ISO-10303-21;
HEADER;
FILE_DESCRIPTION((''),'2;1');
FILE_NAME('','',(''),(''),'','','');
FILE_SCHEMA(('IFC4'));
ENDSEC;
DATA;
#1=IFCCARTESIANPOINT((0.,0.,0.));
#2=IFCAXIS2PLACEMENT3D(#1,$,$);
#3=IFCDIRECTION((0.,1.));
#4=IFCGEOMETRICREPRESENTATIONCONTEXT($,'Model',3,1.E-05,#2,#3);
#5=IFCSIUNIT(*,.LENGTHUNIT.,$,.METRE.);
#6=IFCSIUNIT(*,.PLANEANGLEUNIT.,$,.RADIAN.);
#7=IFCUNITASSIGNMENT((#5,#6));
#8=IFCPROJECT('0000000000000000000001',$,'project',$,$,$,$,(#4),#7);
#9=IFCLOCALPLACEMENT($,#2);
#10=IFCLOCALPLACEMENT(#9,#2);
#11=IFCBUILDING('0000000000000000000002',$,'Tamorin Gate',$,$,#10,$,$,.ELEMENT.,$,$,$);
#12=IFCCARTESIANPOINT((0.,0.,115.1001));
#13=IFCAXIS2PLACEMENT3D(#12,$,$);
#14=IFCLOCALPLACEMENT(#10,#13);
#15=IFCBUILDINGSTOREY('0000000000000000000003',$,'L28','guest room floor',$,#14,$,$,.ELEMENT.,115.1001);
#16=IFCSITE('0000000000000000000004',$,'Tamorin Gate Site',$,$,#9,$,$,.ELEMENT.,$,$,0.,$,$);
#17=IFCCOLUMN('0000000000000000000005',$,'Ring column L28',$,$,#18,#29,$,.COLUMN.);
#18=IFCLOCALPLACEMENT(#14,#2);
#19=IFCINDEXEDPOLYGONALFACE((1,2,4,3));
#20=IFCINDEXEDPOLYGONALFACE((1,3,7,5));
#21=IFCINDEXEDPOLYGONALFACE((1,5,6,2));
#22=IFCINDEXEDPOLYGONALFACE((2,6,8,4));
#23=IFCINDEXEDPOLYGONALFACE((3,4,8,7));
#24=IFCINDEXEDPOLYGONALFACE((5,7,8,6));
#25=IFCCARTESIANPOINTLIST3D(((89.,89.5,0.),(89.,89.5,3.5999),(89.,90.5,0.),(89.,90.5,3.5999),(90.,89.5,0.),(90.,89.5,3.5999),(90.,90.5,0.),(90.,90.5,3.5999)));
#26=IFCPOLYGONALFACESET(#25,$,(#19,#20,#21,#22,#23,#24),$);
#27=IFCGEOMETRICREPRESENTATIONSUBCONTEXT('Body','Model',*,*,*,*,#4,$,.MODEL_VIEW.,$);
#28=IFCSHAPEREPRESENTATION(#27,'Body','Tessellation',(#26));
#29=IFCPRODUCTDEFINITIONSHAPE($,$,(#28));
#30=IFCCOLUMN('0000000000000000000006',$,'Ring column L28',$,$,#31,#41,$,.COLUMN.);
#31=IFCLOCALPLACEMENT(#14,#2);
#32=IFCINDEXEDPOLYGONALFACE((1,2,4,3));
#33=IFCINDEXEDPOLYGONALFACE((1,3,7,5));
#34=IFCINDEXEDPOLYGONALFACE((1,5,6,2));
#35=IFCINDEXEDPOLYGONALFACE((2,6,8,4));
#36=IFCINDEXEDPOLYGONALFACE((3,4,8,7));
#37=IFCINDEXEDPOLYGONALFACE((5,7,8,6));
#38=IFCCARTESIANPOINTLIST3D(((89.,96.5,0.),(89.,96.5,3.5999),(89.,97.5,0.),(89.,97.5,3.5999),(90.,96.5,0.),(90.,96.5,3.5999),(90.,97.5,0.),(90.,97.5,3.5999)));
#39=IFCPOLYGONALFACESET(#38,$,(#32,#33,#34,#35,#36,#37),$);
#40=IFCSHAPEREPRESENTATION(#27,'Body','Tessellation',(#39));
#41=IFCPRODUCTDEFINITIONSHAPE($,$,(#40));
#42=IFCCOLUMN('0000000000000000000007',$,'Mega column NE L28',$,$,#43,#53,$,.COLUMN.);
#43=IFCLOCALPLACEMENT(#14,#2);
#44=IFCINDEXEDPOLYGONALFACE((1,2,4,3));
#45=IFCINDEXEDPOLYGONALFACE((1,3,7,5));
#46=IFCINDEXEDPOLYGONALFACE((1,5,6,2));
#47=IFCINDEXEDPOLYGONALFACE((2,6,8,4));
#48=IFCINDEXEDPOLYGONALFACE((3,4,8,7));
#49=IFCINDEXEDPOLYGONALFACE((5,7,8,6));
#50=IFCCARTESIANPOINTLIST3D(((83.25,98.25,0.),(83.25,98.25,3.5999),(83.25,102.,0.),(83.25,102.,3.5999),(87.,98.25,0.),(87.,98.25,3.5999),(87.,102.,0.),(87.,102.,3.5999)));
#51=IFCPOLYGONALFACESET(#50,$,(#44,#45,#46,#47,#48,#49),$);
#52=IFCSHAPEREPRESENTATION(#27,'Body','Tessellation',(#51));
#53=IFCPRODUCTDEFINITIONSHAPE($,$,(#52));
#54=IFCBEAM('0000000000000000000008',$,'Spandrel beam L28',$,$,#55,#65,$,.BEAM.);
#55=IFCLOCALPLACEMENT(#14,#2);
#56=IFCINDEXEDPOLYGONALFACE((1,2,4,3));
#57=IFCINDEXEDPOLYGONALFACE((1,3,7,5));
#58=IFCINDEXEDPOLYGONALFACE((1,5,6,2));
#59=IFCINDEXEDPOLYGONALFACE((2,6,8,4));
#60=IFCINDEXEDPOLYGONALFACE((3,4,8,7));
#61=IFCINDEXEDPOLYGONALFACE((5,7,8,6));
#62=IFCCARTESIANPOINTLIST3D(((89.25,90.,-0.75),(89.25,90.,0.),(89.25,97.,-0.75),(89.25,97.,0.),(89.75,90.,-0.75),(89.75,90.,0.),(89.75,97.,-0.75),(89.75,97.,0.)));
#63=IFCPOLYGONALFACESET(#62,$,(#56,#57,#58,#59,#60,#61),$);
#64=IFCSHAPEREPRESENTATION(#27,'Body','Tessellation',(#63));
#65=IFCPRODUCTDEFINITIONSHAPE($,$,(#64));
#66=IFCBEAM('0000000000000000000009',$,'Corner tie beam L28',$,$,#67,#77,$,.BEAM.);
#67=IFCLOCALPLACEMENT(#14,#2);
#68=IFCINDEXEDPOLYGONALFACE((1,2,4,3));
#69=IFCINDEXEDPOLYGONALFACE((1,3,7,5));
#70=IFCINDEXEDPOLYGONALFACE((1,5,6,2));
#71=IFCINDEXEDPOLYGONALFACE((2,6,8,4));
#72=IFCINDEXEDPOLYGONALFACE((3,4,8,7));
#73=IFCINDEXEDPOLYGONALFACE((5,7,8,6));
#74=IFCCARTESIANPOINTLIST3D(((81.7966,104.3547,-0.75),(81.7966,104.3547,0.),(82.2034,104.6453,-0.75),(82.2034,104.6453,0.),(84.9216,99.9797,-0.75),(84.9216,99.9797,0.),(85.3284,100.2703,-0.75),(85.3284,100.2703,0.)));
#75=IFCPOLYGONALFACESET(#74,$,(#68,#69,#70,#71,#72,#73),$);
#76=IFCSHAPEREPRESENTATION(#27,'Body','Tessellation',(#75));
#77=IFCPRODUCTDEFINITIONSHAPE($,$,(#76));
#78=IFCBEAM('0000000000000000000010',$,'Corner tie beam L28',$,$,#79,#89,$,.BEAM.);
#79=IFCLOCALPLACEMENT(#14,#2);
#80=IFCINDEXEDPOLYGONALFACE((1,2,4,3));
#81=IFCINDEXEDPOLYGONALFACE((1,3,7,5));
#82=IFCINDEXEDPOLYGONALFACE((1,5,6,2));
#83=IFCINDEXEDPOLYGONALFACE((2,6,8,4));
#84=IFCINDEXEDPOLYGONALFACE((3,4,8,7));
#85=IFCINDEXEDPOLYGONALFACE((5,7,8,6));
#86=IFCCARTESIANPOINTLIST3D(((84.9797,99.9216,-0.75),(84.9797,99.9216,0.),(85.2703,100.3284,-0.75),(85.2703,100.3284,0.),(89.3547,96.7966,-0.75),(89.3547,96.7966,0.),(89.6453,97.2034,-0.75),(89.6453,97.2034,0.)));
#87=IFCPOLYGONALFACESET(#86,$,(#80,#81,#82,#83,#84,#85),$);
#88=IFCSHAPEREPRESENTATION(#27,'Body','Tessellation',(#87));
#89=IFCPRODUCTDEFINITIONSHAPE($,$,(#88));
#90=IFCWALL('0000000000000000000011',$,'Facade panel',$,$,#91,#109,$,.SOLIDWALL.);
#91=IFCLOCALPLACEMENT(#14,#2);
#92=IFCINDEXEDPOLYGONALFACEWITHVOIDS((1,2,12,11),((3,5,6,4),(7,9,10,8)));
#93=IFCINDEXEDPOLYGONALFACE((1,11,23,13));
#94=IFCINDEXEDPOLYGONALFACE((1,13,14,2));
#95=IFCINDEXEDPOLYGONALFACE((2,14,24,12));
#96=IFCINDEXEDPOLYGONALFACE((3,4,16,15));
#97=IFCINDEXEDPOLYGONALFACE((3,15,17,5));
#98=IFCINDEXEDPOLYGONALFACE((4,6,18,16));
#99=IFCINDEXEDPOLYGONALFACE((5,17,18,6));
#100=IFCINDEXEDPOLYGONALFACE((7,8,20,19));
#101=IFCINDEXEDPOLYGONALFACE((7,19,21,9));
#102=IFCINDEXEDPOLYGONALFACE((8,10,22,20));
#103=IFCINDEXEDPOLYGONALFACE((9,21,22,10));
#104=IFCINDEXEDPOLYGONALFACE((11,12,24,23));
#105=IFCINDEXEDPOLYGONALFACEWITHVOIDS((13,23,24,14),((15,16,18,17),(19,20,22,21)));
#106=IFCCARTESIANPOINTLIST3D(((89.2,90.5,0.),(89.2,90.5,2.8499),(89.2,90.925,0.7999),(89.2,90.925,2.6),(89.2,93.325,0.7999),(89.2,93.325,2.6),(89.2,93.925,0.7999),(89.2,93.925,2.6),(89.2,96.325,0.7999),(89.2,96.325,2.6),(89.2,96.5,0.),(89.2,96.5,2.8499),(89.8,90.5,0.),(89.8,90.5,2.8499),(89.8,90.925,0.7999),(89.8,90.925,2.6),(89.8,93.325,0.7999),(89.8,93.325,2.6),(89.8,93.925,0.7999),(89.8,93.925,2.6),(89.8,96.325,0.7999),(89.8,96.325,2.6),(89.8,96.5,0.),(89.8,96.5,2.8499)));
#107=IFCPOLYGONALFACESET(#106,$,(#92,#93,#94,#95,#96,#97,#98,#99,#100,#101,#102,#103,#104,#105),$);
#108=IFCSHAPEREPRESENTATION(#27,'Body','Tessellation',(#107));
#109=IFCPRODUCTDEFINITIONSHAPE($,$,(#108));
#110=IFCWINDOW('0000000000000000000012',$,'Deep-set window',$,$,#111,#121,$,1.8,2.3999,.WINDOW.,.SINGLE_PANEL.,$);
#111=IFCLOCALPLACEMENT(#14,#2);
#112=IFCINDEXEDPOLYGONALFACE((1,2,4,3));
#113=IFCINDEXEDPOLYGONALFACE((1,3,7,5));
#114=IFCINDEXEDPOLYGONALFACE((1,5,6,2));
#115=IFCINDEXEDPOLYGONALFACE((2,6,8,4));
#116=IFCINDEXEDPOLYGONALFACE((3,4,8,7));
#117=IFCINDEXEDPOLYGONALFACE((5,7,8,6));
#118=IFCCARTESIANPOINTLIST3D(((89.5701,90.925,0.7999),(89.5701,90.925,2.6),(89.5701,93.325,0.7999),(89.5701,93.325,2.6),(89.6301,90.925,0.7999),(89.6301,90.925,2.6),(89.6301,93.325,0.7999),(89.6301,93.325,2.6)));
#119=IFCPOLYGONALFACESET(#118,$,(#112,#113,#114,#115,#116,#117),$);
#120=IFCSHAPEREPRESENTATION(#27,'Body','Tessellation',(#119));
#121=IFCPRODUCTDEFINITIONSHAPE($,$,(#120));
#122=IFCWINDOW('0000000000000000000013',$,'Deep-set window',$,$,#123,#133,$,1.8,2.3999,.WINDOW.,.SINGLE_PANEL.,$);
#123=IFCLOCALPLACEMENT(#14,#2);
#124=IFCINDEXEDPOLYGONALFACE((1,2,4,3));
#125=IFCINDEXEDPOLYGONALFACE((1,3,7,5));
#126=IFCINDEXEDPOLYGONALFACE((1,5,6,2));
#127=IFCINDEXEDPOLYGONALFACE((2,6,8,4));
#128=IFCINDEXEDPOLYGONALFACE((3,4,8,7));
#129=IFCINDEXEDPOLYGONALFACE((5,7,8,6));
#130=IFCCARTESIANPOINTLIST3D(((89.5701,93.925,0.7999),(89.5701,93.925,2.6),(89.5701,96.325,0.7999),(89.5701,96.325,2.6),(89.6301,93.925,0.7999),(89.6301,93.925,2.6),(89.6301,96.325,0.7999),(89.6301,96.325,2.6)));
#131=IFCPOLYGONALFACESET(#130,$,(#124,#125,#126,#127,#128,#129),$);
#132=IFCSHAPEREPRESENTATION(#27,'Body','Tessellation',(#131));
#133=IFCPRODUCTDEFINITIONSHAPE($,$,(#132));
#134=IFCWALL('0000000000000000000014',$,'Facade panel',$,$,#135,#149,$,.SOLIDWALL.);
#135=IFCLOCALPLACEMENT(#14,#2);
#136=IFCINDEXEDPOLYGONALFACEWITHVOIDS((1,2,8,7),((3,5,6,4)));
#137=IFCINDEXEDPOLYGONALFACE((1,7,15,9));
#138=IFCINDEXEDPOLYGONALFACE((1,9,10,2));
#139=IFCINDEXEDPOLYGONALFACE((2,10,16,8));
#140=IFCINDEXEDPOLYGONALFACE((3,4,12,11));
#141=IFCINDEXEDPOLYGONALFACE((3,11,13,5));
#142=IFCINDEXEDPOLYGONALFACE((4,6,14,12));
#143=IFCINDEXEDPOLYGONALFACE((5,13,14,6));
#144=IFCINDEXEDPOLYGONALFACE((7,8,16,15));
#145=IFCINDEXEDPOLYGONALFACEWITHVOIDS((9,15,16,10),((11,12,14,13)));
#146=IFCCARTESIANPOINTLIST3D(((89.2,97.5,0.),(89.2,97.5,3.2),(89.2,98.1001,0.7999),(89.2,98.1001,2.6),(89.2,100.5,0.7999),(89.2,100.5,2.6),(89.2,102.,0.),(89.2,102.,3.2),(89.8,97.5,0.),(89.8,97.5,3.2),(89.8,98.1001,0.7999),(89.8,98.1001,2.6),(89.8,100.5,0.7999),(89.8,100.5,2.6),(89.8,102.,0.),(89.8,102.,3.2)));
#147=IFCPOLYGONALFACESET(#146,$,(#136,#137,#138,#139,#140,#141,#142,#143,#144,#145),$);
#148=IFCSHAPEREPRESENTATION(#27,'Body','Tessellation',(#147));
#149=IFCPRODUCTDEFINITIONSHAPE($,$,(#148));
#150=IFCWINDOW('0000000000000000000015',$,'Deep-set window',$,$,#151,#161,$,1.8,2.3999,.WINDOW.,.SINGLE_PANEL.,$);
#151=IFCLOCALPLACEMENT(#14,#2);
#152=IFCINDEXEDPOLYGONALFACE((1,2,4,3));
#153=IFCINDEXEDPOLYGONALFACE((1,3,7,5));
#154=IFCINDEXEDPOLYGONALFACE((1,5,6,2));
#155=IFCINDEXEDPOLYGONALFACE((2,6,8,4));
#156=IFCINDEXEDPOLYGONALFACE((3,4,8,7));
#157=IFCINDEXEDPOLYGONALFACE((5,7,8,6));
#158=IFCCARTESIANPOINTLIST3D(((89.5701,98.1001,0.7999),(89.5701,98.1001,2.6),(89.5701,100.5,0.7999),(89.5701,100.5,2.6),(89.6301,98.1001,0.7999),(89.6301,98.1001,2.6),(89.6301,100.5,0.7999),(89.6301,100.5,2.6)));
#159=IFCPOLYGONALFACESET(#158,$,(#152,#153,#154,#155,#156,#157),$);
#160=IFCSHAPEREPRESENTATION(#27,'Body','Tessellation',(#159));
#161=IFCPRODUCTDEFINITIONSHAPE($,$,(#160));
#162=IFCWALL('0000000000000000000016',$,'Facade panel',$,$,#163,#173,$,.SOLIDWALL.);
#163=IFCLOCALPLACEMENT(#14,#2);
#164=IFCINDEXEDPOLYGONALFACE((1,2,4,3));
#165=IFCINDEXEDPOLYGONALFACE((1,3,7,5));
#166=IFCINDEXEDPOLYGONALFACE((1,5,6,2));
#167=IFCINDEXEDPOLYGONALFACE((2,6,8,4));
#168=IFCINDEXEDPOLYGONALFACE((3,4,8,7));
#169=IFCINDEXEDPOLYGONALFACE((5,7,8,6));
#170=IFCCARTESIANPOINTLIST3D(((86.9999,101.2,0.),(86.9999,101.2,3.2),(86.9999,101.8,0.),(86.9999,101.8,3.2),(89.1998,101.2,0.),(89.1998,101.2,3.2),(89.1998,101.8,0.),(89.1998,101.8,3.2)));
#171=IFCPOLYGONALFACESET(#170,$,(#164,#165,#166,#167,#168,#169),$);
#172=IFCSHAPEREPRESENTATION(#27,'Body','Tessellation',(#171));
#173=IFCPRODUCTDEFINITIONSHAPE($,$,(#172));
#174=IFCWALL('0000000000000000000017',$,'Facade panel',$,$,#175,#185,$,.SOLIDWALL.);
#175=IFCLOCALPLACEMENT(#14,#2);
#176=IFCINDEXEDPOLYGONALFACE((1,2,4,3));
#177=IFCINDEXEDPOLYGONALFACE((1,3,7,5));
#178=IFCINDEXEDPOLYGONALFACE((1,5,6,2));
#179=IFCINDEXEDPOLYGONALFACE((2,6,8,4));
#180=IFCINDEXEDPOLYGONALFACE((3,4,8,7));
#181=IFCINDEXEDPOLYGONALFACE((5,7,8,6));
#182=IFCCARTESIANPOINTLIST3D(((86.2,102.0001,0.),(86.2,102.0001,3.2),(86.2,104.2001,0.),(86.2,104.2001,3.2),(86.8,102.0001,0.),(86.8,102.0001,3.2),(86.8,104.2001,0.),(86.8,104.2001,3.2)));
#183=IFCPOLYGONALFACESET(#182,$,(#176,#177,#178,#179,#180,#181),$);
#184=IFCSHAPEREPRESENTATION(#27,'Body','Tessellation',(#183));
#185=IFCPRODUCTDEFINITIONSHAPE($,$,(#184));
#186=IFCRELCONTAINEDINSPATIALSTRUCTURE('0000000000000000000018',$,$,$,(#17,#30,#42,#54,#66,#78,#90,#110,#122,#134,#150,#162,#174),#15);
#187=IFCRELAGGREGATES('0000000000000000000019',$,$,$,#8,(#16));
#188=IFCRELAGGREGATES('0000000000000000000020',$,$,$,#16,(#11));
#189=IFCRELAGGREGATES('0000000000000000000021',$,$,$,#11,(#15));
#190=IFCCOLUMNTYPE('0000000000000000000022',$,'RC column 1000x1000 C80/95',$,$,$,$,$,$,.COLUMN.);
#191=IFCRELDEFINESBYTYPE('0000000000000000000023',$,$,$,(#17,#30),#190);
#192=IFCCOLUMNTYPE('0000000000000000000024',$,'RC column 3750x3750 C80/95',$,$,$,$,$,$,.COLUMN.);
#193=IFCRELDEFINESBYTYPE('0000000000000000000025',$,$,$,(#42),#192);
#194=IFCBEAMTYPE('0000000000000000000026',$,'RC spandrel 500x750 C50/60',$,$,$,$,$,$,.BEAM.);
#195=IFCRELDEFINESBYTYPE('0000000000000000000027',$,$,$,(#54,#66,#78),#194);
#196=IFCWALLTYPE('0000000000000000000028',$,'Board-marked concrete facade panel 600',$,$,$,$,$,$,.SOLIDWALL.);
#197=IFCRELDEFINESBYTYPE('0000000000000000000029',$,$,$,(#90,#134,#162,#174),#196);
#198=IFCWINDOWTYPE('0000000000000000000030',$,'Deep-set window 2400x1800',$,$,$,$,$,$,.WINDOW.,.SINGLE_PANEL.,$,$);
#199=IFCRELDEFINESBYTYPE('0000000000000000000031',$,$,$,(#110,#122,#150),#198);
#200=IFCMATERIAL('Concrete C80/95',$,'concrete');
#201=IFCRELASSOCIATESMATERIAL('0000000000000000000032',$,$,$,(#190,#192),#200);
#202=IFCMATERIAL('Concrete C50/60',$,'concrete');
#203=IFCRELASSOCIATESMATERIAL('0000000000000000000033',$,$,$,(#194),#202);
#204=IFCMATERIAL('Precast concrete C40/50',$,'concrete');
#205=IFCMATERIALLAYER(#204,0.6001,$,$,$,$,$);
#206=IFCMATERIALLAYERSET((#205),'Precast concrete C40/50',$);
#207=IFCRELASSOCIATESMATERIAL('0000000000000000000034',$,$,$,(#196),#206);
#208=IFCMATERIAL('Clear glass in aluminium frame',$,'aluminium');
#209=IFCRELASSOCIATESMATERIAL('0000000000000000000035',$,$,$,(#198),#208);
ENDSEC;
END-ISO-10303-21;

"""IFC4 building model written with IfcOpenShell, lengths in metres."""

from ifc_helpers import new_model, si_unit, direction, frame, frame_2d, origin, origin_2d, place, context, subcontext, project, spatial, rectangle, extrude, material, layer, layer_set, material_profile, profile_set, type_object, element, fill, save


model = new_model("IFC4")

# Units and contexts
model_context = context("Model", 3, precision=1e-05, world=origin(), true_north=direction((0.0, 1.0)))
body_context = subcontext(model_context, "Body", "Model", "MODEL_VIEW")
ifc_project = project(units=[si_unit("LENGTHUNIT", "METRE"), si_unit("PLANEANGLEUNIT", "RADIAN")], contexts=[model_context])

# Site, building, storey
site_placement = place(None, origin())
site = spatial("IfcSite", under=ifc_project, at=site_placement, Name="Tamorin Gate Site", CompositionType="ELEMENT", RefElevation=0.0)
building_placement = place(site_placement, origin())
building = spatial("IfcBuilding", under=site, at=building_placement, Name="Tamorin Gate", CompositionType="ELEMENT")
storey_placement = place(building_placement, frame((0.0, 0.0, 115.1001)))
storey = spatial("IfcBuildingStorey", under=building, at=storey_placement, Name="L28", Description="guest room floor", CompositionType="ELEMENT", Elevation=115.1001)

# Columns
ifc_material_1 = material(Name="Concrete C80/95", Category="concrete")
ifc_material_profile_1 = material_profile(ifc_material_1, rectangle(XDim=1.0, YDim=1.0, at=origin_2d()), Name="RC 1000x1000")
ifc_profile_set_1 = profile_set([ifc_material_profile_1], Name="Concrete C80/95")
column_type_1 = type_object("IfcColumnType", Name="RC column 1000x1000 C80/95", PredefinedType="COLUMN", material=ifc_profile_set_1)
for number, where, z_axis, x_axis, name in (
    (1, (89.5, 90.0, 0.0), (0.0, 0.0, 1.0), (1.0, 0.0, 0.0), "Ring column L28"),
    (2, (89.5, 97.0, 0.0), (0.0, 0.0, 1.0), (1.0, 0.0, 0.0), "Ring column L28"),
):
    element("IfcColumn", number, at=place(storey_placement, frame(where, z_axis=z_axis, x_axis=x_axis)), inside=storey, type_object=column_type_1, Name=name, PredefinedType="COLUMN", context=body_context, shape_type="SweptSolid", body=[
        extrude(rectangle(XDim=1.0, YDim=1.0, at=origin_2d()), origin(), (0.0, 0.0, 1.0), 3.5999),
    ])
ifc_material_profile_2 = material_profile(ifc_material_1, rectangle(XDim=3.75, YDim=3.75, at=origin_2d()), Name="RC 3750x3750")
ifc_profile_set_2 = profile_set([ifc_material_profile_2], Name="Concrete C80/95")
column_type_2 = type_object("IfcColumnType", Name="RC column 3750x3750 C80/95", PredefinedType="COLUMN", material=ifc_profile_set_2)
column_placement = place(storey_placement, frame((85.125, 100.125, 0.0), z_axis=(0.0, 0.0, 1.0), x_axis=(1.0, 0.0, 0.0)))
element("IfcColumn", 3, at=column_placement, inside=storey, type_object=column_type_2, Name="Mega column NE L28", PredefinedType="COLUMN", context=body_context, shape_type="SweptSolid", body=[
    extrude(rectangle(XDim=3.75, YDim=3.75, at=origin_2d()), origin(), (0.0, 0.0, 1.0), 3.5999),
])

# Beams
ifc_material_2 = material(Name="Concrete C50/60", Category="concrete")
ifc_material_profile_3 = material_profile(ifc_material_2, rectangle(XDim=0.5, YDim=0.75, at=origin_2d()), Name="RC 500x750")
ifc_profile_set_3 = profile_set([ifc_material_profile_3], Name="Concrete C50/60")
beam_type = type_object("IfcBeamType", Name="RC spandrel 500x750 C50/60", PredefinedType="BEAM", material=ifc_profile_set_3)
beam_placement = place(storey_placement, frame((89.5, 90.0, -0.375), z_axis=(0.0, 1.0, 0.0), x_axis=(-1.0, 0.0, 0.0)))
element("IfcBeam", 4, at=beam_placement, inside=storey, type_object=beam_type, Name="Spandrel beam L28", PredefinedType="BEAM", context=body_context, shape_type="SweptSolid", body=[
    extrude(rectangle(XDim=0.5, YDim=0.75, at=origin_2d()), origin(), (0.0, 0.0, 1.0), 7.0),
])
for number, where, z_axis, x_axis, name in (
    (5, (85.125, 100.125, -0.375), (-0.581238, 0.813733, 0.0), (-0.813733, -0.581238, 0.0), "Corner tie beam L28"),
    (6, (85.125, 100.125, -0.375), (0.813733, -0.581238, 0.0), (0.581238, 0.813733, 0.0), "Corner tie beam L28"),
):
    element("IfcBeam", number, at=place(storey_placement, frame(where, z_axis=z_axis, x_axis=x_axis)), inside=storey, type_object=beam_type, Name=name, PredefinedType="BEAM", context=body_context, shape_type="SweptSolid", body=[
        extrude(rectangle(XDim=0.5, YDim=0.75, at=origin_2d()), origin(), (0.0, 0.0, 1.0), 5.3765),
    ])

# Wall, openings, windows
ifc_material_3 = material(Name="Precast concrete C40/50", Category="concrete")
ifc_layer_1 = layer(ifc_material_3, 0.6001)
ifc_layer_set_1 = layer_set([ifc_layer_1], Name="Precast concrete C40/50")
wall_type_1 = type_object("IfcWallType", Name="Board-marked concrete facade panel 600", PredefinedType="SOLIDWALL", material=ifc_layer_set_1)
wall_1_placement = place(storey_placement, frame((89.5, 90.5, 0.0), z_axis=(0.0, 0.0, 1.0), x_axis=(0.0, 1.0, 0.0)))
wall_1 = element("IfcWall", 7, at=wall_1_placement, inside=storey, type_object=wall_type_1, Name="Facade panel", PredefinedType="SOLIDWALL", context=body_context, shape_type="SweptSolid", body=[
    extrude(rectangle(XDim=6.0, YDim=0.6001, at=frame_2d((3.0, 0.0))), origin(), (0.0, 0.0, 1.0), 2.8499),
])
opening_1_placement = place(wall_1_placement, frame((0.425, 0.0, 0.8)))
opening_1 = element("IfcOpeningElement", 8, at=opening_1_placement, cuts=wall_1, PredefinedType="OPENING", context=body_context, shape_type="SweptSolid", body=[
    extrude(rectangle(XDim=2.3999, YDim=1.8, at=frame_2d((1.2, 0.8999))), frame((0.0, 0.3101, 0.0), z_axis=(0.0, -1.0, 0.0), x_axis=(1.0, 0.0, 0.0)), (0.0, 0.0, 1.0), 0.6201),
])
opening_2_placement = place(wall_1_placement, frame((3.425, 0.0, 0.8)))
opening_2 = element("IfcOpeningElement", 9, at=opening_2_placement, cuts=wall_1, PredefinedType="OPENING", context=body_context, shape_type="SweptSolid", body=[
    extrude(rectangle(XDim=2.3999, YDim=1.8, at=frame_2d((1.2, 0.8999))), frame((0.0, 0.3101, 0.0), z_axis=(0.0, -1.0, 0.0), x_axis=(1.0, 0.0, 0.0)), (0.0, 0.0, 1.0), 0.6201),
])
ifc_material_4 = material(Name="Clear glass in aluminium frame", Category="aluminium")
window_type = type_object("IfcWindowType", Name="Deep-set window 2400x1800", PartitioningType="SINGLE_PANEL", PredefinedType="WINDOW", material=ifc_material_4)
window_1_placement = place(opening_1_placement, origin())
window_1 = element("IfcWindow", 10, at=window_1_placement, inside=storey, type_object=window_type, Name="Deep-set window", OverallHeight=1.8, OverallWidth=2.3999, PartitioningType="SINGLE_PANEL", PredefinedType="WINDOW", context=body_context, shape_type="SweptSolid", body=[
    extrude(rectangle(XDim=2.3999, YDim=1.8, at=frame_2d((1.2, 0.8999))), frame((0.0, -0.0701, 0.0), z_axis=(0.0, -1.0, 0.0), x_axis=(1.0, 0.0, 0.0)), (0.0, 0.0, 1.0), 0.0601),
])
fill(opening_1, window_1)
window_2_placement = place(opening_2_placement, origin())
window_2 = element("IfcWindow", 11, at=window_2_placement, inside=storey, type_object=window_type, Name="Deep-set window", OverallHeight=1.8, OverallWidth=2.3999, PartitioningType="SINGLE_PANEL", PredefinedType="WINDOW", context=body_context, shape_type="SweptSolid", body=[
    extrude(rectangle(XDim=2.3999, YDim=1.8, at=frame_2d((1.2, 0.8999))), frame((0.0, -0.0701, 0.0), z_axis=(0.0, -1.0, 0.0), x_axis=(1.0, 0.0, 0.0)), (0.0, 0.0, 1.0), 0.0601),
])
fill(opening_2, window_2)

# Wall, opening, window
wall_2_placement = place(storey_placement, frame((89.5, 97.5, 0.0), z_axis=(0.0, 0.0, 1.0), x_axis=(0.0, 1.0, 0.0)))
wall_2 = element("IfcWall", 12, at=wall_2_placement, inside=storey, type_object=wall_type_1, Name="Facade panel", PredefinedType="SOLIDWALL", context=body_context, shape_type="SweptSolid", body=[
    extrude(rectangle(XDim=4.5, YDim=0.6001, at=frame_2d((2.25, 0.0))), origin(), (0.0, 0.0, 1.0), 3.2),
])
opening_3_placement = place(wall_2_placement, frame((0.6001, 0.0, 0.8)))
opening_3 = element("IfcOpeningElement", 13, at=opening_3_placement, cuts=wall_2, PredefinedType="OPENING", context=body_context, shape_type="SweptSolid", body=[
    extrude(rectangle(XDim=2.3999, YDim=1.8, at=frame_2d((1.2, 0.8999))), frame((0.0, 0.3101, 0.0), z_axis=(0.0, -1.0, 0.0), x_axis=(1.0, 0.0, 0.0)), (0.0, 0.0, 1.0), 0.6201),
])
window_3_placement = place(opening_3_placement, origin())
window_3 = element("IfcWindow", 14, at=window_3_placement, inside=storey, type_object=window_type, Name="Deep-set window", OverallHeight=1.8, OverallWidth=2.3999, PartitioningType="SINGLE_PANEL", PredefinedType="WINDOW", context=body_context, shape_type="SweptSolid", body=[
    extrude(rectangle(XDim=2.3999, YDim=1.8, at=frame_2d((1.2, 0.8999))), frame((0.0, -0.0701, 0.0), z_axis=(0.0, -1.0, 0.0), x_axis=(1.0, 0.0, 0.0)), (0.0, 0.0, 1.0), 0.0601),
])
fill(opening_3, window_3)

# Walls
for number, where, z_axis, x_axis, name in (
    (15, (89.2, 101.5, 0.0), (0.0, 0.0, 1.0), (-1.0, 0.0, 0.0), "Facade panel"),
    (16, (86.5, 102.0, 0.0), (0.0, 0.0, 1.0), (0.0, 1.0, 0.0), "Facade panel"),
):
    element("IfcWall", number, at=place(storey_placement, frame(where, z_axis=z_axis, x_axis=x_axis)), inside=storey, type_object=wall_type_1, Name=name, PredefinedType="SOLIDWALL", context=body_context, shape_type="SweptSolid", body=[
        extrude(rectangle(XDim=2.2, YDim=0.6001, at=frame_2d((1.1001, 0.0))), origin(), (0.0, 0.0, 1.0), 3.2),
    ])

save(model, "model.ifc")
